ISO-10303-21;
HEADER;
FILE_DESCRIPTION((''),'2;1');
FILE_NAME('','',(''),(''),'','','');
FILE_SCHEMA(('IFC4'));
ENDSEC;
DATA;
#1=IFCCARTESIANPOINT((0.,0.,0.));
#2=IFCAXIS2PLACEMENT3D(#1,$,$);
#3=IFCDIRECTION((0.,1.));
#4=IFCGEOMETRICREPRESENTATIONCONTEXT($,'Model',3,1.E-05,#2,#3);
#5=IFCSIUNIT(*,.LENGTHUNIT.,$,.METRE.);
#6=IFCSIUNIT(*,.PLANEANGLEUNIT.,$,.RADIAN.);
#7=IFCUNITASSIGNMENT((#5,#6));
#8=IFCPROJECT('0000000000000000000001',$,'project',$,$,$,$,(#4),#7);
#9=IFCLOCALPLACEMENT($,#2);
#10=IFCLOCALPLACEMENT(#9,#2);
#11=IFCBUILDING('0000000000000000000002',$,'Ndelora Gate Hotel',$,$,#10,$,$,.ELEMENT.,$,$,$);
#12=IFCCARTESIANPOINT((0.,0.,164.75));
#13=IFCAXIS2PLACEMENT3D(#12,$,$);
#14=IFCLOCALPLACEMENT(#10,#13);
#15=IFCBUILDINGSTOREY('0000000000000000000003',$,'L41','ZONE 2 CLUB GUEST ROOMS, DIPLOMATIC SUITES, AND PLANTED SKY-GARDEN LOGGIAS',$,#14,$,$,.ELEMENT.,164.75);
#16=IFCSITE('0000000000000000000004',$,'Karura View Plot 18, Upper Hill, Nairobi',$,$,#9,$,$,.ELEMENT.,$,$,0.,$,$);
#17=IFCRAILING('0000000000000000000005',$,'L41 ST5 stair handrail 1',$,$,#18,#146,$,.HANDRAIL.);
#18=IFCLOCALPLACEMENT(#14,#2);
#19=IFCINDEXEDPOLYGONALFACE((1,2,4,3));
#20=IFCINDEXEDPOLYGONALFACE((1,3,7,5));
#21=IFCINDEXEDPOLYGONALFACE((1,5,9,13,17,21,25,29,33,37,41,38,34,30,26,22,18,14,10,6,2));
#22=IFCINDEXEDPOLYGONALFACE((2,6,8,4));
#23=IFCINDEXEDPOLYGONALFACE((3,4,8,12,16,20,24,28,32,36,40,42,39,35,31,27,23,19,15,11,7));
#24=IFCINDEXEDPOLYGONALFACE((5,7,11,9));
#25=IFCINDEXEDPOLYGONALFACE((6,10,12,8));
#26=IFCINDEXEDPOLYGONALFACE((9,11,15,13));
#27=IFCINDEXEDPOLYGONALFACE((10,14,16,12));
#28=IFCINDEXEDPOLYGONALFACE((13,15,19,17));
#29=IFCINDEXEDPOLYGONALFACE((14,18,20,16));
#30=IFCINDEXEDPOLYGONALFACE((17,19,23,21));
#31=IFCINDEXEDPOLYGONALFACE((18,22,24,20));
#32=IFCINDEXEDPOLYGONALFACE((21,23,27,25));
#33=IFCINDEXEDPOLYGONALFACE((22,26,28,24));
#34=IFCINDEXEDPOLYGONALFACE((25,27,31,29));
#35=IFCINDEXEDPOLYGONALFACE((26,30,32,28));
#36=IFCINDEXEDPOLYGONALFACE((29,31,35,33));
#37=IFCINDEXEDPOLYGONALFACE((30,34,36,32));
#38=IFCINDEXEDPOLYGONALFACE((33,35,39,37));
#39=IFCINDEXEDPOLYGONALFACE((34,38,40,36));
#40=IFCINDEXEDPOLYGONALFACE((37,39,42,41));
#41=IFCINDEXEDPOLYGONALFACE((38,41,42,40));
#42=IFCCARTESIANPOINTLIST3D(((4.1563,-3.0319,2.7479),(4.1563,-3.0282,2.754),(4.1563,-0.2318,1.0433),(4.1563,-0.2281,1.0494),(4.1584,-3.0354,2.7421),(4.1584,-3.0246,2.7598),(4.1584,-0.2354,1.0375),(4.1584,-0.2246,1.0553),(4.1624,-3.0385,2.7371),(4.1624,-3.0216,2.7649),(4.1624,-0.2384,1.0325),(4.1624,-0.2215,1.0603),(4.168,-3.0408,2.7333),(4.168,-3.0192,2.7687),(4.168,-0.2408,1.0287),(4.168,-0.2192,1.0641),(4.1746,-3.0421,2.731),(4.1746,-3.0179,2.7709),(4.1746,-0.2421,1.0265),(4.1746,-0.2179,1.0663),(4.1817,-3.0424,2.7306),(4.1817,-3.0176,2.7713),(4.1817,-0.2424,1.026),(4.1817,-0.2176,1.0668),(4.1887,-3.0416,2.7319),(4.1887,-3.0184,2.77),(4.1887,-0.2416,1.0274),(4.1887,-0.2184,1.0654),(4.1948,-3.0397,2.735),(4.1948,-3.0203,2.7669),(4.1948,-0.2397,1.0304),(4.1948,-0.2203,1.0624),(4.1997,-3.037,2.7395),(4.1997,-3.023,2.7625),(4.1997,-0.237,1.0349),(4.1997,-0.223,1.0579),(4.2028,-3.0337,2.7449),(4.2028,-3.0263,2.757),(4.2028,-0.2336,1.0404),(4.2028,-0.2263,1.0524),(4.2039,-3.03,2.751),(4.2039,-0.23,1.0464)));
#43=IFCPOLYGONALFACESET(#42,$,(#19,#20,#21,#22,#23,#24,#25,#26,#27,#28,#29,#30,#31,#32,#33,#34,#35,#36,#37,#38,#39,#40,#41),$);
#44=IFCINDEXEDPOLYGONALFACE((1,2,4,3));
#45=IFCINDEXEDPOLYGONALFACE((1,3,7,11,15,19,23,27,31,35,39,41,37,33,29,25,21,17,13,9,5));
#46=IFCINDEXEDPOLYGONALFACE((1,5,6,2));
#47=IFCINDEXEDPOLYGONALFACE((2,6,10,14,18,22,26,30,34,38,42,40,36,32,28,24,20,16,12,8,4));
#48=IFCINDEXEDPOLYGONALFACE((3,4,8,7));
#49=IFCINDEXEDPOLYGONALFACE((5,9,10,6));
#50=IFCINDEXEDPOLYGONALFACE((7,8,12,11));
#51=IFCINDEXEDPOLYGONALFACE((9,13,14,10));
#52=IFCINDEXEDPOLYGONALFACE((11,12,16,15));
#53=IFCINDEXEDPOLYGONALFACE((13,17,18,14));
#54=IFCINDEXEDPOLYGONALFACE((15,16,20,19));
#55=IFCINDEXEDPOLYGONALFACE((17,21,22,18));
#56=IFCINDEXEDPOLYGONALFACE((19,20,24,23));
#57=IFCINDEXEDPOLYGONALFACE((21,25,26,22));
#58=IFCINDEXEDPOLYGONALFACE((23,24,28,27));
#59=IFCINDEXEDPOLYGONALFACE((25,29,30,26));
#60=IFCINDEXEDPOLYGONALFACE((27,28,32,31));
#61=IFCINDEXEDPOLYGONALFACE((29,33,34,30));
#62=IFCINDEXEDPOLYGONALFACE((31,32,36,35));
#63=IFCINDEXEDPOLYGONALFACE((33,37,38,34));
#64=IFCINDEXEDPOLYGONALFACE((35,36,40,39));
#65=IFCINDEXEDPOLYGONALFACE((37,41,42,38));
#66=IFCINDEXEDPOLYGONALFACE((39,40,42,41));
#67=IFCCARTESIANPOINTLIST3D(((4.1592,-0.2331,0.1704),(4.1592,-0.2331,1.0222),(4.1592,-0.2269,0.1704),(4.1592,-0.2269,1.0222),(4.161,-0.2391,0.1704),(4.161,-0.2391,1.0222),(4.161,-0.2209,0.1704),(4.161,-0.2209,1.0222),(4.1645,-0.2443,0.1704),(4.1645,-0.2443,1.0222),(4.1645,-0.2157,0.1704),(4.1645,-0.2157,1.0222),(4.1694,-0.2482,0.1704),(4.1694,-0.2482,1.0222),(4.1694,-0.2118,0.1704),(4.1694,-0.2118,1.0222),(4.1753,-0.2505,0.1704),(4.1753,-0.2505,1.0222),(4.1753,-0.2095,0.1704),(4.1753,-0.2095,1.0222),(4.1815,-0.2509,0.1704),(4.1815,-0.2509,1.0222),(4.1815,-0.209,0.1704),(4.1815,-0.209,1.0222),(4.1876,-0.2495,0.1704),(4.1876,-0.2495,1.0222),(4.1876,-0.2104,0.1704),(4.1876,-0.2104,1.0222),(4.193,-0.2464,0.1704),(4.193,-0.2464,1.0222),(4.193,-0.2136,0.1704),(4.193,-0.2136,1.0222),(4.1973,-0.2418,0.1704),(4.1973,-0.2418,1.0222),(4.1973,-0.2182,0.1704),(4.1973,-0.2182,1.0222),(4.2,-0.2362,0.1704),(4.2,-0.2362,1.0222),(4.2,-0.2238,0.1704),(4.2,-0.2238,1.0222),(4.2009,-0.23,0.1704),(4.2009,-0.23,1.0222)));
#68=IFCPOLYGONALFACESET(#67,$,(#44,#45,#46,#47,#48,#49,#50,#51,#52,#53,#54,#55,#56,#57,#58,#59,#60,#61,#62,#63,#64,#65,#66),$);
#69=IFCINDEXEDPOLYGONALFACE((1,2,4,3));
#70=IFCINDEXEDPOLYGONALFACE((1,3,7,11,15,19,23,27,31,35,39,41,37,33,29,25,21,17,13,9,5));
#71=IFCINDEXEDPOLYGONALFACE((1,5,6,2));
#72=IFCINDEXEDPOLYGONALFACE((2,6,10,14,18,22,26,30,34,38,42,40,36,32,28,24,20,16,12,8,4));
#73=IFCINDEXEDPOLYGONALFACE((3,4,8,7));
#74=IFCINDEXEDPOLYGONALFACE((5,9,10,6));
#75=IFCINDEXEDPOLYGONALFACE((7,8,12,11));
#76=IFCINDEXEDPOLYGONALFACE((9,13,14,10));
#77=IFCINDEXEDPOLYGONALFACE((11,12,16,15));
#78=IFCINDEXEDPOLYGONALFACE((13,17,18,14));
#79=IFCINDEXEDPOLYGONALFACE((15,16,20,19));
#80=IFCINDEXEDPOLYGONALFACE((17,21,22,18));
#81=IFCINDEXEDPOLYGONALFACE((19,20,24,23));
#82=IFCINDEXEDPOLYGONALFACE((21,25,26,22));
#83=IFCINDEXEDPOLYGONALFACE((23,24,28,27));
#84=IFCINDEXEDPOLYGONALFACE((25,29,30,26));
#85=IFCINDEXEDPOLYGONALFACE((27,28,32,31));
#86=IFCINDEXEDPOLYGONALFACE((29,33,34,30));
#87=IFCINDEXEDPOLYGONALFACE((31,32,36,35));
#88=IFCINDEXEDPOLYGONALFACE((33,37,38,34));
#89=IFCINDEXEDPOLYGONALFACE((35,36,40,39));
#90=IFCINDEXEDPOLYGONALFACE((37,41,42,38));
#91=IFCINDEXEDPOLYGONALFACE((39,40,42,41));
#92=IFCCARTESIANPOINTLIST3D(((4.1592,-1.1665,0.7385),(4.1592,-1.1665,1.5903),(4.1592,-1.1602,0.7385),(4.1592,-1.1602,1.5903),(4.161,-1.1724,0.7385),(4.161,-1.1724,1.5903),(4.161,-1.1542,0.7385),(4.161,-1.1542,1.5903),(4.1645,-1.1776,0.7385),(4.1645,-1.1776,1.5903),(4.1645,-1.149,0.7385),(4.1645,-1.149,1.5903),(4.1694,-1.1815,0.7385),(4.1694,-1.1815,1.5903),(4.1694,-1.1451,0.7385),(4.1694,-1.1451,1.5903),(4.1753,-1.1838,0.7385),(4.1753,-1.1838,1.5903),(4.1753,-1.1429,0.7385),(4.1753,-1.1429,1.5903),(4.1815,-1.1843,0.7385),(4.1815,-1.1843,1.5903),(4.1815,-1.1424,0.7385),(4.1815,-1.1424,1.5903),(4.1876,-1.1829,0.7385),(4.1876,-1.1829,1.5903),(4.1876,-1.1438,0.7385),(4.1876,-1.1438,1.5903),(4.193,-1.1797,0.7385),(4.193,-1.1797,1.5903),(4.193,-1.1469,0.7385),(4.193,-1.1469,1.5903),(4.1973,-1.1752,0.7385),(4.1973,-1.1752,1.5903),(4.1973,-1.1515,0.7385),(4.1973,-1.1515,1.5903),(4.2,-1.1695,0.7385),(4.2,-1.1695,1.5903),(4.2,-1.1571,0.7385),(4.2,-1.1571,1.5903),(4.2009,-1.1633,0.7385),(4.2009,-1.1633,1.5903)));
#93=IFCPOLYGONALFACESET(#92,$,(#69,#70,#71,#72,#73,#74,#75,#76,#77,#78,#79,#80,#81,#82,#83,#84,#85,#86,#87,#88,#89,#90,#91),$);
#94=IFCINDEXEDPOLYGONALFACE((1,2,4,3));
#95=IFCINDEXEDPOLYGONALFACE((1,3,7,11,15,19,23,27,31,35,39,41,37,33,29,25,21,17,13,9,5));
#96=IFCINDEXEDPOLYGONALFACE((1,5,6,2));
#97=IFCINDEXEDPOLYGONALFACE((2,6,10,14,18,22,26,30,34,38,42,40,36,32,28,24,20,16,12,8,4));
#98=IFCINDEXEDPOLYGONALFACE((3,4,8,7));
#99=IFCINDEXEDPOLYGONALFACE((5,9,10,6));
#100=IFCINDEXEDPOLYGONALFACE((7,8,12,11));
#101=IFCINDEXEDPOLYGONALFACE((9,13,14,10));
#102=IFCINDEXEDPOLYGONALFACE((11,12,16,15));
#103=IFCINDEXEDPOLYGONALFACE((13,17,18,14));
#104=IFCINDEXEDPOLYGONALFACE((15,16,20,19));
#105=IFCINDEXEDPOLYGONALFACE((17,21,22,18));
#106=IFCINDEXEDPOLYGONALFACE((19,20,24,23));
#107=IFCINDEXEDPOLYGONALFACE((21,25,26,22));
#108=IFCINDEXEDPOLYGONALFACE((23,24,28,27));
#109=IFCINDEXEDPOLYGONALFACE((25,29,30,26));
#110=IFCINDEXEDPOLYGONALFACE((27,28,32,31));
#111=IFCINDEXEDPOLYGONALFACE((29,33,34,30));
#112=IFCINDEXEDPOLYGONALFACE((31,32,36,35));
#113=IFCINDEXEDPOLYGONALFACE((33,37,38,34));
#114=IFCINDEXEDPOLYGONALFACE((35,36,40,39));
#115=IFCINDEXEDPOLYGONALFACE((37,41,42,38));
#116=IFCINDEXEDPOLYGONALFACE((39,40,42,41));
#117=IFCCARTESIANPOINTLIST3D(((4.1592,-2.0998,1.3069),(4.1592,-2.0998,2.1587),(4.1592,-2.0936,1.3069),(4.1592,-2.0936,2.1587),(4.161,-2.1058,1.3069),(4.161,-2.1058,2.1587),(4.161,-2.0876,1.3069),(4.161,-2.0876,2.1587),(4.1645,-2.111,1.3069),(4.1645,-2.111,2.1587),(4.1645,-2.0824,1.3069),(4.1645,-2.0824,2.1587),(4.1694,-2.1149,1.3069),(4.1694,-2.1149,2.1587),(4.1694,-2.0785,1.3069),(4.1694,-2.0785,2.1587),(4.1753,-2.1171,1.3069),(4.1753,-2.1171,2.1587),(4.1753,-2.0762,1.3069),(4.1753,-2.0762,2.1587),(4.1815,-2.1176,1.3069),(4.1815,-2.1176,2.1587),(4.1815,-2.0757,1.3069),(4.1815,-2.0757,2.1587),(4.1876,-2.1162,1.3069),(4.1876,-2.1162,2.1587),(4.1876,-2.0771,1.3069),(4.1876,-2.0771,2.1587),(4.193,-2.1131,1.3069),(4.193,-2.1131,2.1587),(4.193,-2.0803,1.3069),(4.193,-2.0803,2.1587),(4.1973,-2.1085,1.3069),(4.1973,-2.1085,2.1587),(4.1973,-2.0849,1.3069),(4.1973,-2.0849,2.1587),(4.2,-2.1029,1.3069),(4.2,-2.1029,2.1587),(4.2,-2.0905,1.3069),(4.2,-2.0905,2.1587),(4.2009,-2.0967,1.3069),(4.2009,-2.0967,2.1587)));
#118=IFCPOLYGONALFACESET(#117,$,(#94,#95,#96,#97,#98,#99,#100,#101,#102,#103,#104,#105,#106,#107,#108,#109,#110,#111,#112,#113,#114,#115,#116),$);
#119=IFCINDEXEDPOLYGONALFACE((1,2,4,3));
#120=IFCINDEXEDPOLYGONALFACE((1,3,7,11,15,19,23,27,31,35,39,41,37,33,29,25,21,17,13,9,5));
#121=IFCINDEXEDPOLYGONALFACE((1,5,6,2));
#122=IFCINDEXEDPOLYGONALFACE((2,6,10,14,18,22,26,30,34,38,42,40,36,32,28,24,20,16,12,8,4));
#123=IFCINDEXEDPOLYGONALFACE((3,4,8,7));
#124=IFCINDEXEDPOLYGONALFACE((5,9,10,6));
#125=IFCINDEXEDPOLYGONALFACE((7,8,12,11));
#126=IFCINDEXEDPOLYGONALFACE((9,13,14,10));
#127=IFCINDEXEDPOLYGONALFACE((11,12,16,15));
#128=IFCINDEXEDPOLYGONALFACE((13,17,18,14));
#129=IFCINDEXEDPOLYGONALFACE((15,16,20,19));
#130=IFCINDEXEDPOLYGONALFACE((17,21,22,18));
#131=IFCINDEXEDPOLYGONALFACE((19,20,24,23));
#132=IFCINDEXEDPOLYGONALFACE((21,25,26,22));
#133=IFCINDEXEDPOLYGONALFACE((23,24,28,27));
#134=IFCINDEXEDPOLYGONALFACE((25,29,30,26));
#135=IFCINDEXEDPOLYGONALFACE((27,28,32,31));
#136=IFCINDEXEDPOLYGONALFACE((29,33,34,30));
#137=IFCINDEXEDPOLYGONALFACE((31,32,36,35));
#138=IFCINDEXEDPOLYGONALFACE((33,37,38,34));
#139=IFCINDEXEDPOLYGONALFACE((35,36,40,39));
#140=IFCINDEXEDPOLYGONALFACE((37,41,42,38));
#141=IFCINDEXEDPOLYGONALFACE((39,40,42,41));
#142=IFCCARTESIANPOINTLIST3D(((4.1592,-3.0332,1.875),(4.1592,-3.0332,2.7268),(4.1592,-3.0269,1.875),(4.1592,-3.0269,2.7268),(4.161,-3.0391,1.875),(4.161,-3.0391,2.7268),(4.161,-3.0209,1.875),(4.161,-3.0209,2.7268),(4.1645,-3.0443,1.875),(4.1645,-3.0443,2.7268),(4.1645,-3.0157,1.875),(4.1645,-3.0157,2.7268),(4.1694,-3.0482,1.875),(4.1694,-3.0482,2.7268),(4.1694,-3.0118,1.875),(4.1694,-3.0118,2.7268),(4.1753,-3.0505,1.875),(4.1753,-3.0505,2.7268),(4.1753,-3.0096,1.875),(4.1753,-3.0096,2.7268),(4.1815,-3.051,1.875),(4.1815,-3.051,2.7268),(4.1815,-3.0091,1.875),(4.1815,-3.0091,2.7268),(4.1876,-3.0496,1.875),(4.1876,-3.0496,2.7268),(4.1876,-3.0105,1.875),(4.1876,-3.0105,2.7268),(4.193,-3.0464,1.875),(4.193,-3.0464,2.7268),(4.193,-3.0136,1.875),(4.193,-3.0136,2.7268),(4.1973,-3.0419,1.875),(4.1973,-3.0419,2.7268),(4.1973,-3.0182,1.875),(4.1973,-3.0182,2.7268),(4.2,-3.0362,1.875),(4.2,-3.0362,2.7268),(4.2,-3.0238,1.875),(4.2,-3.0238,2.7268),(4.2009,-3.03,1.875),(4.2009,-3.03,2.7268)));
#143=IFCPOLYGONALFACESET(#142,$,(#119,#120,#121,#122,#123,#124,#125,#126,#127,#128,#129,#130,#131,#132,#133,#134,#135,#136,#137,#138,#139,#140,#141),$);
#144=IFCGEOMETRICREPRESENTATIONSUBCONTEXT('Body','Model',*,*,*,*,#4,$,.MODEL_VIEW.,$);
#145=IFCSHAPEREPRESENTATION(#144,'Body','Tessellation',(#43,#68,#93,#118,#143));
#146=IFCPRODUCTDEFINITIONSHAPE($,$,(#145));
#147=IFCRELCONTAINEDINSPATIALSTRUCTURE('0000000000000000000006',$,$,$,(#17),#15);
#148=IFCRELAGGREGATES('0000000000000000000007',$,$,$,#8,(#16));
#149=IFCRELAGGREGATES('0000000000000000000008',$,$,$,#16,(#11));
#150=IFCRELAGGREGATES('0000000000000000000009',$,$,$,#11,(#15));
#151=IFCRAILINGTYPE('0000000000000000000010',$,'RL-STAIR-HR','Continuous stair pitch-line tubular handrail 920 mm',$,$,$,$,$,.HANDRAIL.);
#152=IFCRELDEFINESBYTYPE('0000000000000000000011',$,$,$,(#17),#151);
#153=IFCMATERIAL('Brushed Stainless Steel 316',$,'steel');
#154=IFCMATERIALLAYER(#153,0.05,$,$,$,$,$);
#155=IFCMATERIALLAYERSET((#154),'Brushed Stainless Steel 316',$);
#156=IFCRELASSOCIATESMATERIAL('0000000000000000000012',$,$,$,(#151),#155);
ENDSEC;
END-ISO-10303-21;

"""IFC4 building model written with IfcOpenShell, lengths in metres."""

from ifc_helpers import new_model, si_unit, direction, frame, origin, origin_2d, place, context, subcontext, project, spatial, circle, extrude, material, layer, layer_set, type_object, element, save


model = new_model("IFC4")

# Units and contexts
model_context = context("Model", 3, precision=1e-05, world=origin(), true_north=direction((0.0, 1.0)))
body_context = subcontext(model_context, "Body", "Model", "MODEL_VIEW")
ifc_project = project(units=[si_unit("LENGTHUNIT", "METRE"), si_unit("PLANEANGLEUNIT", "RADIAN")], contexts=[model_context])

# Site, building, storey
site_placement = place(None, origin())
site = spatial("IfcSite", under=ifc_project, at=site_placement, Name="Karura View Plot 18, Upper Hill, Nairobi", CompositionType="ELEMENT", RefElevation=0.0)
building_placement = place(site_placement, origin())
building = spatial("IfcBuilding", under=site, at=building_placement, Name="Ndelora Gate Hotel", CompositionType="ELEMENT")
storey_placement = place(building_placement, frame((0.0, 0.0, 164.75)))
storey = spatial("IfcBuildingStorey", under=building, at=storey_placement, Name="L41", Description="ZONE 2 CLUB GUEST ROOMS, DIPLOMATIC SUITES, AND PLANTED SKY-GARDEN LOGGIAS", CompositionType="ELEMENT", Elevation=164.75)

# Railing
ifc_material_1 = material(Name="Brushed Stainless Steel 316", Category="steel")
ifc_layer_1 = layer(ifc_material_1, 0.05)
ifc_layer_set_1 = layer_set([ifc_layer_1], Name="Brushed Stainless Steel 316")
railing_type_1 = type_object("IfcRailingType", Name="RL-STAIR-HR", Description="Continuous stair pitch-line tubular handrail 920 mm", PredefinedType="HANDRAIL", material=ifc_layer_set_1)
railing_1_placement = place(storey_placement, frame((4.1799, -0.23, 0.1704)))
element("IfcRailing", 1, at=railing_1_placement, inside=storey, type_object=railing_type_1, Name="L41 ST5 stair handrail 1", PredefinedType="HANDRAIL", context=body_context, shape_type="SweptSolid", body=[
    extrude(circle(Radius=0.0239, at=origin_2d()), frame((0.0, 0.0, 0.876), z_axis=(0.0, -0.85417, 0.519994), x_axis=(1.0, 0.0, 0.0)), (0.0, 0.0, 1.0), 3.2781),
    extrude(circle(Radius=0.021, at=origin_2d()), origin(), (0.0, 0.0, 1.0), 0.8518),
    extrude(circle(Radius=0.021, at=origin_2d()), frame((0.0, -0.9333, 0.5681)), (0.0, 0.0, 1.0), 0.8518),
    extrude(circle(Radius=0.021, at=origin_2d()), frame((0.0, -1.8667, 1.1365)), (0.0, 0.0, 1.0), 0.8518),
    extrude(circle(Radius=0.021, at=origin_2d()), frame((0.0, -2.8, 1.7046)), (0.0, 0.0, 1.0), 0.8518),
])

save(model, "model.ifc")
